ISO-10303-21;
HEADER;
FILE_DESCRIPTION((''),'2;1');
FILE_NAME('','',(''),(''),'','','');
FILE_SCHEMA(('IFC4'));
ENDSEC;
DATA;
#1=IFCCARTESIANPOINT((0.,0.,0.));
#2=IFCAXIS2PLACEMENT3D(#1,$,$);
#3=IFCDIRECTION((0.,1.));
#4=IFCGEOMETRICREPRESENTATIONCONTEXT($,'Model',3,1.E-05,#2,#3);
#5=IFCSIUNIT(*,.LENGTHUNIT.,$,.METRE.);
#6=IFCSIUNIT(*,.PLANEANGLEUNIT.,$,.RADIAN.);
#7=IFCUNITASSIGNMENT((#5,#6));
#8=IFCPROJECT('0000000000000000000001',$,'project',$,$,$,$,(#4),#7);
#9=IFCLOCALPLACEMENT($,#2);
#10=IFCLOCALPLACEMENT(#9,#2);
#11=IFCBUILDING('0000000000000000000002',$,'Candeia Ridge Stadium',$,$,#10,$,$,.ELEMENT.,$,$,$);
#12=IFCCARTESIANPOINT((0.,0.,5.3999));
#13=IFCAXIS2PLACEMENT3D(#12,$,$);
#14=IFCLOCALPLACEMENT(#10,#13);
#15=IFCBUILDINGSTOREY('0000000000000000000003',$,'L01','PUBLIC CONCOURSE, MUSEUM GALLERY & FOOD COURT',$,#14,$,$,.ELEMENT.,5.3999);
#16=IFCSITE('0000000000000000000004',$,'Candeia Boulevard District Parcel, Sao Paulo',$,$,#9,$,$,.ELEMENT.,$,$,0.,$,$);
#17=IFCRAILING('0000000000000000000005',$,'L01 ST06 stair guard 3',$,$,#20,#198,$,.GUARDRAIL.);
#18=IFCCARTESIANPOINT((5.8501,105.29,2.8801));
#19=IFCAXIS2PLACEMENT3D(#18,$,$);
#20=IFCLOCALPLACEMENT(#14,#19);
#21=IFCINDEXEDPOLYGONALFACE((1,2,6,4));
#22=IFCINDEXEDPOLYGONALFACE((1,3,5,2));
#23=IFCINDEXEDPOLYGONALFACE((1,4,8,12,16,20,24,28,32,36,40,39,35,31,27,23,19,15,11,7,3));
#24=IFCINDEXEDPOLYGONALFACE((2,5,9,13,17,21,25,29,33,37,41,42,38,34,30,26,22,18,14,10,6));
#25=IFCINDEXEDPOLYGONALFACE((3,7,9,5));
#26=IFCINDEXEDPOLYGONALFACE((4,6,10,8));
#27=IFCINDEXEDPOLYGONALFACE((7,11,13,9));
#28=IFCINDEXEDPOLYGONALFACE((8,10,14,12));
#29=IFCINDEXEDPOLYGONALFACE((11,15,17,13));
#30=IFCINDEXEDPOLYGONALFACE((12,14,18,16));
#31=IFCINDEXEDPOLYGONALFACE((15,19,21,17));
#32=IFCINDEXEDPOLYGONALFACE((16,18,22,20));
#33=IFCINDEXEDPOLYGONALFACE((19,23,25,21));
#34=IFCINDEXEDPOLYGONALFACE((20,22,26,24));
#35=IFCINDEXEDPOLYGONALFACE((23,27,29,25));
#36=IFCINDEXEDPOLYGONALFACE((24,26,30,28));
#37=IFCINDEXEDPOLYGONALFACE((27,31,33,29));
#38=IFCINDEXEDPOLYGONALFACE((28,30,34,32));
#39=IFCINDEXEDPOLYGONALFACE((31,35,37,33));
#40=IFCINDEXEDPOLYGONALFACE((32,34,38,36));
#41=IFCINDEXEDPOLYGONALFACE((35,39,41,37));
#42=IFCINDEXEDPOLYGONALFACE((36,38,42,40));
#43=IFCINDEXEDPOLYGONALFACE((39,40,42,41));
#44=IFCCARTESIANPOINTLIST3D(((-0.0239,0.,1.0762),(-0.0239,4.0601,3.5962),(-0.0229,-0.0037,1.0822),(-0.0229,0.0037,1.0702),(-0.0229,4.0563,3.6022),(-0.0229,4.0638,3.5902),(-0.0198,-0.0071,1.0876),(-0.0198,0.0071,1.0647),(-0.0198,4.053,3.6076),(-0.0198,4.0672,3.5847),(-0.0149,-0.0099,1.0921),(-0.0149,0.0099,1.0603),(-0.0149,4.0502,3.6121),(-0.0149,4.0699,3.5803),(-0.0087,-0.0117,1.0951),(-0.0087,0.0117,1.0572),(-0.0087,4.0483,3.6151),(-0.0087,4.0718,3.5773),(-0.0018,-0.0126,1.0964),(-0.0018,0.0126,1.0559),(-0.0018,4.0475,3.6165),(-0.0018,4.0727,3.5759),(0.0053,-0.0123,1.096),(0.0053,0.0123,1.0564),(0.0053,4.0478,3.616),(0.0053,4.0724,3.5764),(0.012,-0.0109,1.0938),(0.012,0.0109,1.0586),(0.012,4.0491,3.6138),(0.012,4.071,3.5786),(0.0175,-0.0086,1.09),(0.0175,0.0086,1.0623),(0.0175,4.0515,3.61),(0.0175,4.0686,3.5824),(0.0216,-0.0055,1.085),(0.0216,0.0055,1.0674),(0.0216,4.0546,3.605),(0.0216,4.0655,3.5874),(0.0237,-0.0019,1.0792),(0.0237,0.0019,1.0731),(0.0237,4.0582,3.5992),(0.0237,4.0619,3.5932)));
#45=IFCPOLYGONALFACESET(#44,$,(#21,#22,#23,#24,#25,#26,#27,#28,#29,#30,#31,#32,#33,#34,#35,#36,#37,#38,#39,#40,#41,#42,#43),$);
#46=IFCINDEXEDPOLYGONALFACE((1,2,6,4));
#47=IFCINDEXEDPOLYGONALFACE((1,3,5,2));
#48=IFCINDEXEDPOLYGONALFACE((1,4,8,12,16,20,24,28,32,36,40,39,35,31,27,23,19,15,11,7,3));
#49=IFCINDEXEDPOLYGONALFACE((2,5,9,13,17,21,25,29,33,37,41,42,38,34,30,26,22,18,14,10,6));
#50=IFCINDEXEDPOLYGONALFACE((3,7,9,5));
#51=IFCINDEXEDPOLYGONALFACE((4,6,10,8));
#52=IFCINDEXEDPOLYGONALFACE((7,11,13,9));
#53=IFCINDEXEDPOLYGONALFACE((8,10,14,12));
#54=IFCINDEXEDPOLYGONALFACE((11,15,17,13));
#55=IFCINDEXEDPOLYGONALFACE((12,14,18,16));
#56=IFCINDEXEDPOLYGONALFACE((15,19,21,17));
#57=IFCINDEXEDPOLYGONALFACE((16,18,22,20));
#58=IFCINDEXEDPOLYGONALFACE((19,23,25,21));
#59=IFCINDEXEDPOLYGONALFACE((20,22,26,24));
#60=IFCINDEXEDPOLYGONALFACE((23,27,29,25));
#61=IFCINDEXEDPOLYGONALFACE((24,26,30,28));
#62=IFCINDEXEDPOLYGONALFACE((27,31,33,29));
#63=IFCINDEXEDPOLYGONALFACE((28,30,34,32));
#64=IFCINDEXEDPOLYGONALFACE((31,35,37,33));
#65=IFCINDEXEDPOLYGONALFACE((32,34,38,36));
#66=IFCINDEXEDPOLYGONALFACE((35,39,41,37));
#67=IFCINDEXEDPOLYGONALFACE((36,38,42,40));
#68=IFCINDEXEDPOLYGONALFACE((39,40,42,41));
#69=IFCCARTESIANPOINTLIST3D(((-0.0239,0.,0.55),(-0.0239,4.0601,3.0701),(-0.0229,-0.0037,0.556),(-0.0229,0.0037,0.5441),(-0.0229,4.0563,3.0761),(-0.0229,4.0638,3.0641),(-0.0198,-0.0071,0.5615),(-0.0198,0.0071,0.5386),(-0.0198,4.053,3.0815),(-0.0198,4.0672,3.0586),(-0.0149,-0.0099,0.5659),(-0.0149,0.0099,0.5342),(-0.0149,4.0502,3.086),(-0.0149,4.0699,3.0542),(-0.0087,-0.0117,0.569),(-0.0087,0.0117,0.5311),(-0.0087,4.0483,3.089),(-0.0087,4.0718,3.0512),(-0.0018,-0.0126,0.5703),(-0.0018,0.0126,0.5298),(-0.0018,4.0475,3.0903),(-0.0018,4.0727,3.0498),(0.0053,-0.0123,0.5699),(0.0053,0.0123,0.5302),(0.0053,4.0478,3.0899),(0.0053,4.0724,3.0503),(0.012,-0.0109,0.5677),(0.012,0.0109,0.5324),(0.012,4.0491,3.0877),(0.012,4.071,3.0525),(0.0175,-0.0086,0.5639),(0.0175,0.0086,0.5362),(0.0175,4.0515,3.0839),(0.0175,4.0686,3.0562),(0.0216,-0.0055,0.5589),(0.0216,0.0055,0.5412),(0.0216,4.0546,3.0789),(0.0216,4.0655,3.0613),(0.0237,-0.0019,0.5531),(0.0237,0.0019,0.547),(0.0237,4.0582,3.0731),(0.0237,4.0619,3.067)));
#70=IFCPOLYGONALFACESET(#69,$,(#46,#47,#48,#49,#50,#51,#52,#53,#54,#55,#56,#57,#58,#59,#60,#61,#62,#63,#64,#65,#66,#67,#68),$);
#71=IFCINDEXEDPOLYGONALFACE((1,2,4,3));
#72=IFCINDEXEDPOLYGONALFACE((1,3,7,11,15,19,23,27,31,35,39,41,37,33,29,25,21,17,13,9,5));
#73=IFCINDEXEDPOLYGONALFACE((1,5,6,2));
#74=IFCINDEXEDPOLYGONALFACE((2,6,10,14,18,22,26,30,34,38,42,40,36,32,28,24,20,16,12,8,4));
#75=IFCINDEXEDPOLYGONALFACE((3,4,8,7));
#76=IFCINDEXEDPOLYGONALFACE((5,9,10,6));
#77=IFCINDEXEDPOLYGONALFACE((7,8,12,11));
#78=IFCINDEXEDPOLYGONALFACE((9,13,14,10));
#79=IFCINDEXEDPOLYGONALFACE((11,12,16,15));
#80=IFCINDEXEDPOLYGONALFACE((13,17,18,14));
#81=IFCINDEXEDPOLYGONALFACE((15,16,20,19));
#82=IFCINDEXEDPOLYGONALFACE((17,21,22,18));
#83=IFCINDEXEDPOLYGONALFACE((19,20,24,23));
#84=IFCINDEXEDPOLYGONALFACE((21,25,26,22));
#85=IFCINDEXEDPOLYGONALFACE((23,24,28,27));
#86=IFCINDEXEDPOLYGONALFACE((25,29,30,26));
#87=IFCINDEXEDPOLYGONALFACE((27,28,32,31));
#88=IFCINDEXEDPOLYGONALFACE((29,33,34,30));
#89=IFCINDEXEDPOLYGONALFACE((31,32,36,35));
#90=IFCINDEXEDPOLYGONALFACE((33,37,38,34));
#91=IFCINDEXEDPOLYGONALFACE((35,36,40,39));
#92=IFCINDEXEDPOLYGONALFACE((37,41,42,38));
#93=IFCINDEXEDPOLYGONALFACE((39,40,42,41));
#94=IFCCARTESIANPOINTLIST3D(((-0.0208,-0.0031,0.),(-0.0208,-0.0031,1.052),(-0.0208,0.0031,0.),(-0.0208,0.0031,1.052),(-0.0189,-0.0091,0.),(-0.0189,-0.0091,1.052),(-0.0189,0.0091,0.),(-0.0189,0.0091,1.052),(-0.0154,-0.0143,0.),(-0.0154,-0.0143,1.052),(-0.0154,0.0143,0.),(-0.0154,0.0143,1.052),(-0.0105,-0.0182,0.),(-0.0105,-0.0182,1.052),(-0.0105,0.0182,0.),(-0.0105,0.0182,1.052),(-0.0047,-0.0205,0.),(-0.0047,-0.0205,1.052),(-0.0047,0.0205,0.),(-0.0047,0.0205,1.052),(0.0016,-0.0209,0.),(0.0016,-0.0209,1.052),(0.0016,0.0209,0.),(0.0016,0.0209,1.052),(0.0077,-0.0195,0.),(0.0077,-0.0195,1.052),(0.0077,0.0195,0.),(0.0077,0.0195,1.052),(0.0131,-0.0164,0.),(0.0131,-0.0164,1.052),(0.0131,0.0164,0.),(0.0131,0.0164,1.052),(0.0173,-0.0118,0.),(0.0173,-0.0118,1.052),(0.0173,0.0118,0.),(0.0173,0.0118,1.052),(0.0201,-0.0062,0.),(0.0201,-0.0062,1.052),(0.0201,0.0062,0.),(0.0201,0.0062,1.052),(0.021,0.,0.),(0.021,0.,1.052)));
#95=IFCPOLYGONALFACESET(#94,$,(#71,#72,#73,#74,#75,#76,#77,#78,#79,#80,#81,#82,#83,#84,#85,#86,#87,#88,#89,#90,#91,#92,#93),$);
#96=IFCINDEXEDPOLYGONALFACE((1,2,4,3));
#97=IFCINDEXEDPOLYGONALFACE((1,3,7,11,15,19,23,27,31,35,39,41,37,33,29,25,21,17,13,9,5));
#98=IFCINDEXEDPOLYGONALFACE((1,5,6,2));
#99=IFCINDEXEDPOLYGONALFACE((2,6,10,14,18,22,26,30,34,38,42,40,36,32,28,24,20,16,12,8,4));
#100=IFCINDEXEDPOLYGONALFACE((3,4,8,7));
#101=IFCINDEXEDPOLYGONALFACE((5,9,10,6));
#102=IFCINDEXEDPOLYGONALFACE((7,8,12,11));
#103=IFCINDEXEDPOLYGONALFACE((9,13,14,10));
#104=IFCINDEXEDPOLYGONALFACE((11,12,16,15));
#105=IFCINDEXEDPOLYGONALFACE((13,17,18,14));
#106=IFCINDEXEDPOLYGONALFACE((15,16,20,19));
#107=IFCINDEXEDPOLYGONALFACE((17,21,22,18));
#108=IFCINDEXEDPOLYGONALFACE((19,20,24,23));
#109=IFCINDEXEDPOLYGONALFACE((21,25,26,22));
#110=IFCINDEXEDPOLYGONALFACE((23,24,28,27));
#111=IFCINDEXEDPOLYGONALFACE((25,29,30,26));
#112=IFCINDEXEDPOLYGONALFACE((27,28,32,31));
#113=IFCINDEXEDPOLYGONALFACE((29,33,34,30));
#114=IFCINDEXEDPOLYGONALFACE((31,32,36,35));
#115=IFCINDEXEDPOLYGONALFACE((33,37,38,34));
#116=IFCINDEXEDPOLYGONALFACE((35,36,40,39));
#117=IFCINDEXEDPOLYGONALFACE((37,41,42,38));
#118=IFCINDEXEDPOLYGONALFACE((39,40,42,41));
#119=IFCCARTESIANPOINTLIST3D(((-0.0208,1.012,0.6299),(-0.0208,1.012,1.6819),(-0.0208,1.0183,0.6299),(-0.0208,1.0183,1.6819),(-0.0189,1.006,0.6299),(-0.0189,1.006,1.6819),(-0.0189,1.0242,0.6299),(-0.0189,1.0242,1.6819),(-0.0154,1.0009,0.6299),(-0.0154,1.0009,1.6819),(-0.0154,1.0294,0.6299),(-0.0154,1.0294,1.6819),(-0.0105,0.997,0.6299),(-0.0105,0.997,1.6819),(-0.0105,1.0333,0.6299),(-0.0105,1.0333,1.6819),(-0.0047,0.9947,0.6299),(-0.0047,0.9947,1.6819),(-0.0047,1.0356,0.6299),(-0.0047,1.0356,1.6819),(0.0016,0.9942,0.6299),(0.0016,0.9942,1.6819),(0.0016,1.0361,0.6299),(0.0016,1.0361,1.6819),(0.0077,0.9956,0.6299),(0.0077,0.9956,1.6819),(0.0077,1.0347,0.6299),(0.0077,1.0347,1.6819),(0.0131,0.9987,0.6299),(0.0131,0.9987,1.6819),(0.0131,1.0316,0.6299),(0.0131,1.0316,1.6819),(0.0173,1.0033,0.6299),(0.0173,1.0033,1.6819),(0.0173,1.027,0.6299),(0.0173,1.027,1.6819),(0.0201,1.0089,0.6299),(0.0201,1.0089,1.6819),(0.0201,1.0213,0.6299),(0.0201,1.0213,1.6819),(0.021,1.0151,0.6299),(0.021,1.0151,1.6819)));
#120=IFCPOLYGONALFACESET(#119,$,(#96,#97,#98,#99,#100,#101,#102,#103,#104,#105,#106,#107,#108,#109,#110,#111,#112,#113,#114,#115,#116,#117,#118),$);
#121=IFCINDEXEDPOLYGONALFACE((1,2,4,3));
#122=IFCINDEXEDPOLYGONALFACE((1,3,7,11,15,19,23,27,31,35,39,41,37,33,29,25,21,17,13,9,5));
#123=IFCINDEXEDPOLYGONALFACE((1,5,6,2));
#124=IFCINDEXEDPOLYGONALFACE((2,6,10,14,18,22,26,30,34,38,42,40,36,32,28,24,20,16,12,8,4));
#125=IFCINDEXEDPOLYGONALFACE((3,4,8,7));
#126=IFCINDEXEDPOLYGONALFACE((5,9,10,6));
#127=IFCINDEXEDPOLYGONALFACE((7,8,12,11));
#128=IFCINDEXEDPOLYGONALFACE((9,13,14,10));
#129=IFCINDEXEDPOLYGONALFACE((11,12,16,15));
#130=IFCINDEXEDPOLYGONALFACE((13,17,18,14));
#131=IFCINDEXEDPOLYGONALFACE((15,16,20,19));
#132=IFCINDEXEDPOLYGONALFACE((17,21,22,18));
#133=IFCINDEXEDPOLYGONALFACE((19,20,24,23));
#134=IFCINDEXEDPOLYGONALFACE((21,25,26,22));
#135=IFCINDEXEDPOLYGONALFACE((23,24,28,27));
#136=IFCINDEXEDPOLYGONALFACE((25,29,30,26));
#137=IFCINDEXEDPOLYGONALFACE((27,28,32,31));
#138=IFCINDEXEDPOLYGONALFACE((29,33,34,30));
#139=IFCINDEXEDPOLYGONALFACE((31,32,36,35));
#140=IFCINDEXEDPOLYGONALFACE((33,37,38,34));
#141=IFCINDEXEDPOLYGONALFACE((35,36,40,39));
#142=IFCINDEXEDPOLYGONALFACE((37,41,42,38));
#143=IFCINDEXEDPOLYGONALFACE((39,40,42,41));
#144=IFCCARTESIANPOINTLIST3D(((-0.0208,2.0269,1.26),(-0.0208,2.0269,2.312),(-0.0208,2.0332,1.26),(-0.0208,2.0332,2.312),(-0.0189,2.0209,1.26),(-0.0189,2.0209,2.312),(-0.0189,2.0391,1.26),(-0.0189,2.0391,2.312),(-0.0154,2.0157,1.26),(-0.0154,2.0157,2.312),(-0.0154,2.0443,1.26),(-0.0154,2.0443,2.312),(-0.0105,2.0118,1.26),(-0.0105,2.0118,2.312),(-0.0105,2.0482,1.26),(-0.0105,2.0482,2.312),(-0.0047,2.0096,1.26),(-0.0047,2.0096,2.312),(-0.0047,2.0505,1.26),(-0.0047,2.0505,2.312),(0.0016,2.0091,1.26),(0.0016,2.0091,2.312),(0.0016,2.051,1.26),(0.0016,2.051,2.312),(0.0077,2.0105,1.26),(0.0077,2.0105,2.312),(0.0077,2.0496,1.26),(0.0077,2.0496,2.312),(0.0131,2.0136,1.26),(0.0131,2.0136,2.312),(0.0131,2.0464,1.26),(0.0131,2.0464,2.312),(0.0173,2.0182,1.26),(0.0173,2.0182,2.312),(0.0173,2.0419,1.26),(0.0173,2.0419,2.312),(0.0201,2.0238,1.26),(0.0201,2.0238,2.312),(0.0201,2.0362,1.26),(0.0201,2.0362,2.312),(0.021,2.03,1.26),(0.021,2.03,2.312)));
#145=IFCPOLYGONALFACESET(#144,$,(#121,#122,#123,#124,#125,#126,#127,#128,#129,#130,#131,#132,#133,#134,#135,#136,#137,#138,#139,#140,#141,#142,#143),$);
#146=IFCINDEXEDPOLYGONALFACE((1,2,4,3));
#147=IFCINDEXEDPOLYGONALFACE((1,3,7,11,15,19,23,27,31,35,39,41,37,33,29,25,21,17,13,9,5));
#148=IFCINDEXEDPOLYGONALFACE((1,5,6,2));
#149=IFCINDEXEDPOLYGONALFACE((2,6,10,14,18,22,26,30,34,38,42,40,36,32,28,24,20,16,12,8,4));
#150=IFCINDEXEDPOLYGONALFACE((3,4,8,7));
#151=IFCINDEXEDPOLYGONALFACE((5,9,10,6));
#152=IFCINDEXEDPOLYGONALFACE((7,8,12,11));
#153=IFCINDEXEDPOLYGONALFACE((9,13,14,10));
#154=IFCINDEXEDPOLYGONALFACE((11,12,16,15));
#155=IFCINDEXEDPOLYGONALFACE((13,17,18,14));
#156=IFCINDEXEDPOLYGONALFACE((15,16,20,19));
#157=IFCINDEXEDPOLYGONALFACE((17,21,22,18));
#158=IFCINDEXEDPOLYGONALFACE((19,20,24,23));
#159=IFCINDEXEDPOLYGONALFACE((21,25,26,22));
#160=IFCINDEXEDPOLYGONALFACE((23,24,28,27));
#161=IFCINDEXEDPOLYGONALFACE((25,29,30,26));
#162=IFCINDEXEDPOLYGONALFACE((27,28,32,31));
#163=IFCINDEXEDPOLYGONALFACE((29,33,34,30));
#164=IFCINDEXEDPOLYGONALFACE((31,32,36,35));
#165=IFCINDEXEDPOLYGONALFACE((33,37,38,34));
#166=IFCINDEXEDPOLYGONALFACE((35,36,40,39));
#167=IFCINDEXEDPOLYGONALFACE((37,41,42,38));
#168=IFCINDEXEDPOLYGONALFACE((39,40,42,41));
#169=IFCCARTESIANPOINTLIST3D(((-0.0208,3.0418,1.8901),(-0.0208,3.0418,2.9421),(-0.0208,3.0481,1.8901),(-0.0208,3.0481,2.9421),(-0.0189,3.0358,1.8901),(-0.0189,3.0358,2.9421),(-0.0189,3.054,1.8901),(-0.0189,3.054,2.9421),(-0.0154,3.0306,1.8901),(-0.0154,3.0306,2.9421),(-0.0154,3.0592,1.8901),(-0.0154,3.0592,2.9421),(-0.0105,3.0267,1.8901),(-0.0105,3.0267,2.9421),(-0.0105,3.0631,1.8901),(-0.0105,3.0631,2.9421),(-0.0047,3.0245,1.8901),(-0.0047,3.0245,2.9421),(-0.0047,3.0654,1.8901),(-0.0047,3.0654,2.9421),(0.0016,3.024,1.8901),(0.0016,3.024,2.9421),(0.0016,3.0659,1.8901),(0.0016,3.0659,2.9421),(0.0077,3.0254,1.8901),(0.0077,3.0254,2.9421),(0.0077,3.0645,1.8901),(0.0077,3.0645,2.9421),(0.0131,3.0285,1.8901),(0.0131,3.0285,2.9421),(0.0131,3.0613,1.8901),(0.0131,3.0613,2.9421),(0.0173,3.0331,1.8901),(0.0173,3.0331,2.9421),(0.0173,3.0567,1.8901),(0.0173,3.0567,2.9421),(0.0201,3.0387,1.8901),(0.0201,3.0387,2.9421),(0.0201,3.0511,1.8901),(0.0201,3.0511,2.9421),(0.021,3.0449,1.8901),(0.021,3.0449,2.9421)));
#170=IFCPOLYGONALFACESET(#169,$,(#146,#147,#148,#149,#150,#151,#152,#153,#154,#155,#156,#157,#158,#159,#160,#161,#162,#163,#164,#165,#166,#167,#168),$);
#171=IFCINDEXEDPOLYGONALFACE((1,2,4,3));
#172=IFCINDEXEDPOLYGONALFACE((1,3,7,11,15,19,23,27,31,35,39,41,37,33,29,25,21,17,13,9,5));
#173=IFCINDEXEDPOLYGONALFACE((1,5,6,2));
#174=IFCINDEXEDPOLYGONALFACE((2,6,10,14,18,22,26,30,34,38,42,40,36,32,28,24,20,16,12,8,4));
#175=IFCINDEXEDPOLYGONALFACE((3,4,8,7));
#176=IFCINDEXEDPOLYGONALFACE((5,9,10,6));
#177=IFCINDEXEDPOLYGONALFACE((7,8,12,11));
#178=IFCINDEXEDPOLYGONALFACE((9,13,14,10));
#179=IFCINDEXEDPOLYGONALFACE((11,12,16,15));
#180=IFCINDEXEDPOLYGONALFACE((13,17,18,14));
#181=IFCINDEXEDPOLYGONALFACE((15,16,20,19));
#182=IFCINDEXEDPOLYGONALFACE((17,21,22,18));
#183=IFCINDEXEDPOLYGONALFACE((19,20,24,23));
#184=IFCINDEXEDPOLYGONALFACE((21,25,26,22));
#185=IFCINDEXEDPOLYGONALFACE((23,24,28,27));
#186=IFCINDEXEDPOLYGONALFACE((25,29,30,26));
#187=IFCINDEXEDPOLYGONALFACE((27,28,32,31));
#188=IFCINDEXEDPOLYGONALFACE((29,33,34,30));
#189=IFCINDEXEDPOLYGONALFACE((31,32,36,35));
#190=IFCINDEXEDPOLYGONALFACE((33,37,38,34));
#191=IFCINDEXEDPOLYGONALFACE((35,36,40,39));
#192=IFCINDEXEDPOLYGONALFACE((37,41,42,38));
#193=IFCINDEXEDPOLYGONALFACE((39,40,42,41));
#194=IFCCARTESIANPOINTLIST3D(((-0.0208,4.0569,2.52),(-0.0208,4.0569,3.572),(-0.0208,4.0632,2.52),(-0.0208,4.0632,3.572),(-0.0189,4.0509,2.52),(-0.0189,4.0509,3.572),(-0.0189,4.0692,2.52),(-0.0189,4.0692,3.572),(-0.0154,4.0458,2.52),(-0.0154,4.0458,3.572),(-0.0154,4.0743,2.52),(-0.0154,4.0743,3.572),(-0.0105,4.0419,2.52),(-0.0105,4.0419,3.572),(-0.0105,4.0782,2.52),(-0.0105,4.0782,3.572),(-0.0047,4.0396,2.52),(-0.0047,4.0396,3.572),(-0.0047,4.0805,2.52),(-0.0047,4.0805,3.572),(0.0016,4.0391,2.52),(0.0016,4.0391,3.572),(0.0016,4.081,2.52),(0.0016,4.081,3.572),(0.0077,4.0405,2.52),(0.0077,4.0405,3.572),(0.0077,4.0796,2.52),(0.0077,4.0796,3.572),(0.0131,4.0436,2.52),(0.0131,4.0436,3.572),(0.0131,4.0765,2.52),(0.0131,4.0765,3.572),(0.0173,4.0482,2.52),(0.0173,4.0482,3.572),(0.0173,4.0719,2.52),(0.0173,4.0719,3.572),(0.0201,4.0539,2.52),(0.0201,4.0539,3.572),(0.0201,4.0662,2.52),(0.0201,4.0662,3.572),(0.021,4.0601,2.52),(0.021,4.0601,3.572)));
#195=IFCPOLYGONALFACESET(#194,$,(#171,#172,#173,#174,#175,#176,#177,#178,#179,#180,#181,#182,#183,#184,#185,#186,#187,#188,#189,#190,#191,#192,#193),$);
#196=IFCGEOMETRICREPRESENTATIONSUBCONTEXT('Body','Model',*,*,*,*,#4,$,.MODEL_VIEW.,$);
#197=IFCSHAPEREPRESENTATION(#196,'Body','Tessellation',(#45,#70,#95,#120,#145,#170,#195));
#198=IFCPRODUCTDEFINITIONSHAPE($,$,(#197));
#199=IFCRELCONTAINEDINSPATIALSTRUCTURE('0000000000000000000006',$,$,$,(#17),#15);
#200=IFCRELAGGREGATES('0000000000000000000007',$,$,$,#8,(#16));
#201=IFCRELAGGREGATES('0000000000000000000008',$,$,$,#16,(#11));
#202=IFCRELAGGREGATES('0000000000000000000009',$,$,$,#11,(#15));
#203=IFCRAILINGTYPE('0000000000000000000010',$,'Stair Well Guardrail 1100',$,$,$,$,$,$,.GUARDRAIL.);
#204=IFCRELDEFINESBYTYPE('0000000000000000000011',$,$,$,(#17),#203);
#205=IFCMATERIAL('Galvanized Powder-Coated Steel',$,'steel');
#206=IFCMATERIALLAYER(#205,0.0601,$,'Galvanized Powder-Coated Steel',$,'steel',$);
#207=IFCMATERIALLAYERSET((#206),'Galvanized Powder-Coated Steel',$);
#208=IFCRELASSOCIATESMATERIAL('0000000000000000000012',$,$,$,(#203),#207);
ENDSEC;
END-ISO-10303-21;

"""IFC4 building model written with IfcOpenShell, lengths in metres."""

from ifc_helpers import new_model, si_unit, direction, frame, origin, origin_2d, place, context, subcontext, project, spatial, circle, extrude, material, layer, layer_set, type_object, element, save


model = new_model("IFC4")

# Units and contexts
model_context = context("Model", 3, precision=1e-05, world=origin(), true_north=direction((0.0, 1.0)))
body_context = subcontext(model_context, "Body", "Model", "MODEL_VIEW")
ifc_project = project(units=[si_unit("LENGTHUNIT", "METRE"), si_unit("PLANEANGLEUNIT", "RADIAN")], contexts=[model_context])

# Site, building, storey
site_placement = place(None, origin())
site = spatial("IfcSite", under=ifc_project, at=site_placement, Name="Candeia Boulevard District Parcel, Sao Paulo", CompositionType="ELEMENT", RefElevation=0.0)
building_placement = place(site_placement, origin())
building = spatial("IfcBuilding", under=site, at=building_placement, Name="Candeia Ridge Stadium", CompositionType="ELEMENT")
storey_placement = place(building_placement, frame((0.0, 0.0, 5.3999)))
storey = spatial("IfcBuildingStorey", under=building, at=storey_placement, Name="L01", Description="PUBLIC CONCOURSE, MUSEUM GALLERY & FOOD COURT", CompositionType="ELEMENT", Elevation=5.3999)

# Railing
ifc_material_1 = material(Name="Galvanized Powder-Coated Steel", Category="steel")
ifc_layer_1 = layer(ifc_material_1, 0.0601, Name="Galvanized Powder-Coated Steel", Category="steel")
ifc_layer_set_1 = layer_set([ifc_layer_1], Name="Galvanized Powder-Coated Steel")
railing_type_1 = type_object("IfcRailingType", Name="Stair Well Guardrail 1100", PredefinedType="GUARDRAIL", material=ifc_layer_set_1)
railing_1_placement = place(storey_placement, frame((5.8501, 105.29, 2.8801)))
element("IfcRailing", 1, at=railing_1_placement, inside=storey, type_object=railing_type_1, Name="L01 ST06 stair guard 3", PredefinedType="GUARDRAIL", context=body_context, shape_type="SweptSolid", body=[
    extrude(circle(Radius=0.0239, at=origin_2d()), frame((0.0, 0.0, 1.0762), z_axis=(0.0, 0.849642, 0.52736), x_axis=(-1.0, 0.0, 0.0)), (0.0, 0.0, 1.0), 4.7786),
    extrude(circle(Radius=0.0239, at=origin_2d()), frame((0.0, 0.0, 0.55), z_axis=(0.0, 0.849642, 0.52736), x_axis=(-1.0, 0.0, 0.0)), (0.0, 0.0, 1.0), 4.7786),
    extrude(circle(Radius=0.021, at=origin_2d()), origin(), (0.0, 0.0, 1.0), 1.052),
    extrude(circle(Radius=0.021, at=origin_2d()), frame((0.0, 1.0151, 0.6299)), (0.0, 0.0, 1.0), 1.052),
    extrude(circle(Radius=0.021, at=origin_2d()), frame((0.0, 2.03, 1.26)), (0.0, 0.0, 1.0), 1.052),
    extrude(circle(Radius=0.021, at=origin_2d()), frame((0.0, 3.0449, 1.8901)), (0.0, 0.0, 1.0), 1.052),
    extrude(circle(Radius=0.021, at=origin_2d()), frame((0.0, 4.0601, 2.52)), (0.0, 0.0, 1.0), 1.052),
])

save(model, "model.ifc")
